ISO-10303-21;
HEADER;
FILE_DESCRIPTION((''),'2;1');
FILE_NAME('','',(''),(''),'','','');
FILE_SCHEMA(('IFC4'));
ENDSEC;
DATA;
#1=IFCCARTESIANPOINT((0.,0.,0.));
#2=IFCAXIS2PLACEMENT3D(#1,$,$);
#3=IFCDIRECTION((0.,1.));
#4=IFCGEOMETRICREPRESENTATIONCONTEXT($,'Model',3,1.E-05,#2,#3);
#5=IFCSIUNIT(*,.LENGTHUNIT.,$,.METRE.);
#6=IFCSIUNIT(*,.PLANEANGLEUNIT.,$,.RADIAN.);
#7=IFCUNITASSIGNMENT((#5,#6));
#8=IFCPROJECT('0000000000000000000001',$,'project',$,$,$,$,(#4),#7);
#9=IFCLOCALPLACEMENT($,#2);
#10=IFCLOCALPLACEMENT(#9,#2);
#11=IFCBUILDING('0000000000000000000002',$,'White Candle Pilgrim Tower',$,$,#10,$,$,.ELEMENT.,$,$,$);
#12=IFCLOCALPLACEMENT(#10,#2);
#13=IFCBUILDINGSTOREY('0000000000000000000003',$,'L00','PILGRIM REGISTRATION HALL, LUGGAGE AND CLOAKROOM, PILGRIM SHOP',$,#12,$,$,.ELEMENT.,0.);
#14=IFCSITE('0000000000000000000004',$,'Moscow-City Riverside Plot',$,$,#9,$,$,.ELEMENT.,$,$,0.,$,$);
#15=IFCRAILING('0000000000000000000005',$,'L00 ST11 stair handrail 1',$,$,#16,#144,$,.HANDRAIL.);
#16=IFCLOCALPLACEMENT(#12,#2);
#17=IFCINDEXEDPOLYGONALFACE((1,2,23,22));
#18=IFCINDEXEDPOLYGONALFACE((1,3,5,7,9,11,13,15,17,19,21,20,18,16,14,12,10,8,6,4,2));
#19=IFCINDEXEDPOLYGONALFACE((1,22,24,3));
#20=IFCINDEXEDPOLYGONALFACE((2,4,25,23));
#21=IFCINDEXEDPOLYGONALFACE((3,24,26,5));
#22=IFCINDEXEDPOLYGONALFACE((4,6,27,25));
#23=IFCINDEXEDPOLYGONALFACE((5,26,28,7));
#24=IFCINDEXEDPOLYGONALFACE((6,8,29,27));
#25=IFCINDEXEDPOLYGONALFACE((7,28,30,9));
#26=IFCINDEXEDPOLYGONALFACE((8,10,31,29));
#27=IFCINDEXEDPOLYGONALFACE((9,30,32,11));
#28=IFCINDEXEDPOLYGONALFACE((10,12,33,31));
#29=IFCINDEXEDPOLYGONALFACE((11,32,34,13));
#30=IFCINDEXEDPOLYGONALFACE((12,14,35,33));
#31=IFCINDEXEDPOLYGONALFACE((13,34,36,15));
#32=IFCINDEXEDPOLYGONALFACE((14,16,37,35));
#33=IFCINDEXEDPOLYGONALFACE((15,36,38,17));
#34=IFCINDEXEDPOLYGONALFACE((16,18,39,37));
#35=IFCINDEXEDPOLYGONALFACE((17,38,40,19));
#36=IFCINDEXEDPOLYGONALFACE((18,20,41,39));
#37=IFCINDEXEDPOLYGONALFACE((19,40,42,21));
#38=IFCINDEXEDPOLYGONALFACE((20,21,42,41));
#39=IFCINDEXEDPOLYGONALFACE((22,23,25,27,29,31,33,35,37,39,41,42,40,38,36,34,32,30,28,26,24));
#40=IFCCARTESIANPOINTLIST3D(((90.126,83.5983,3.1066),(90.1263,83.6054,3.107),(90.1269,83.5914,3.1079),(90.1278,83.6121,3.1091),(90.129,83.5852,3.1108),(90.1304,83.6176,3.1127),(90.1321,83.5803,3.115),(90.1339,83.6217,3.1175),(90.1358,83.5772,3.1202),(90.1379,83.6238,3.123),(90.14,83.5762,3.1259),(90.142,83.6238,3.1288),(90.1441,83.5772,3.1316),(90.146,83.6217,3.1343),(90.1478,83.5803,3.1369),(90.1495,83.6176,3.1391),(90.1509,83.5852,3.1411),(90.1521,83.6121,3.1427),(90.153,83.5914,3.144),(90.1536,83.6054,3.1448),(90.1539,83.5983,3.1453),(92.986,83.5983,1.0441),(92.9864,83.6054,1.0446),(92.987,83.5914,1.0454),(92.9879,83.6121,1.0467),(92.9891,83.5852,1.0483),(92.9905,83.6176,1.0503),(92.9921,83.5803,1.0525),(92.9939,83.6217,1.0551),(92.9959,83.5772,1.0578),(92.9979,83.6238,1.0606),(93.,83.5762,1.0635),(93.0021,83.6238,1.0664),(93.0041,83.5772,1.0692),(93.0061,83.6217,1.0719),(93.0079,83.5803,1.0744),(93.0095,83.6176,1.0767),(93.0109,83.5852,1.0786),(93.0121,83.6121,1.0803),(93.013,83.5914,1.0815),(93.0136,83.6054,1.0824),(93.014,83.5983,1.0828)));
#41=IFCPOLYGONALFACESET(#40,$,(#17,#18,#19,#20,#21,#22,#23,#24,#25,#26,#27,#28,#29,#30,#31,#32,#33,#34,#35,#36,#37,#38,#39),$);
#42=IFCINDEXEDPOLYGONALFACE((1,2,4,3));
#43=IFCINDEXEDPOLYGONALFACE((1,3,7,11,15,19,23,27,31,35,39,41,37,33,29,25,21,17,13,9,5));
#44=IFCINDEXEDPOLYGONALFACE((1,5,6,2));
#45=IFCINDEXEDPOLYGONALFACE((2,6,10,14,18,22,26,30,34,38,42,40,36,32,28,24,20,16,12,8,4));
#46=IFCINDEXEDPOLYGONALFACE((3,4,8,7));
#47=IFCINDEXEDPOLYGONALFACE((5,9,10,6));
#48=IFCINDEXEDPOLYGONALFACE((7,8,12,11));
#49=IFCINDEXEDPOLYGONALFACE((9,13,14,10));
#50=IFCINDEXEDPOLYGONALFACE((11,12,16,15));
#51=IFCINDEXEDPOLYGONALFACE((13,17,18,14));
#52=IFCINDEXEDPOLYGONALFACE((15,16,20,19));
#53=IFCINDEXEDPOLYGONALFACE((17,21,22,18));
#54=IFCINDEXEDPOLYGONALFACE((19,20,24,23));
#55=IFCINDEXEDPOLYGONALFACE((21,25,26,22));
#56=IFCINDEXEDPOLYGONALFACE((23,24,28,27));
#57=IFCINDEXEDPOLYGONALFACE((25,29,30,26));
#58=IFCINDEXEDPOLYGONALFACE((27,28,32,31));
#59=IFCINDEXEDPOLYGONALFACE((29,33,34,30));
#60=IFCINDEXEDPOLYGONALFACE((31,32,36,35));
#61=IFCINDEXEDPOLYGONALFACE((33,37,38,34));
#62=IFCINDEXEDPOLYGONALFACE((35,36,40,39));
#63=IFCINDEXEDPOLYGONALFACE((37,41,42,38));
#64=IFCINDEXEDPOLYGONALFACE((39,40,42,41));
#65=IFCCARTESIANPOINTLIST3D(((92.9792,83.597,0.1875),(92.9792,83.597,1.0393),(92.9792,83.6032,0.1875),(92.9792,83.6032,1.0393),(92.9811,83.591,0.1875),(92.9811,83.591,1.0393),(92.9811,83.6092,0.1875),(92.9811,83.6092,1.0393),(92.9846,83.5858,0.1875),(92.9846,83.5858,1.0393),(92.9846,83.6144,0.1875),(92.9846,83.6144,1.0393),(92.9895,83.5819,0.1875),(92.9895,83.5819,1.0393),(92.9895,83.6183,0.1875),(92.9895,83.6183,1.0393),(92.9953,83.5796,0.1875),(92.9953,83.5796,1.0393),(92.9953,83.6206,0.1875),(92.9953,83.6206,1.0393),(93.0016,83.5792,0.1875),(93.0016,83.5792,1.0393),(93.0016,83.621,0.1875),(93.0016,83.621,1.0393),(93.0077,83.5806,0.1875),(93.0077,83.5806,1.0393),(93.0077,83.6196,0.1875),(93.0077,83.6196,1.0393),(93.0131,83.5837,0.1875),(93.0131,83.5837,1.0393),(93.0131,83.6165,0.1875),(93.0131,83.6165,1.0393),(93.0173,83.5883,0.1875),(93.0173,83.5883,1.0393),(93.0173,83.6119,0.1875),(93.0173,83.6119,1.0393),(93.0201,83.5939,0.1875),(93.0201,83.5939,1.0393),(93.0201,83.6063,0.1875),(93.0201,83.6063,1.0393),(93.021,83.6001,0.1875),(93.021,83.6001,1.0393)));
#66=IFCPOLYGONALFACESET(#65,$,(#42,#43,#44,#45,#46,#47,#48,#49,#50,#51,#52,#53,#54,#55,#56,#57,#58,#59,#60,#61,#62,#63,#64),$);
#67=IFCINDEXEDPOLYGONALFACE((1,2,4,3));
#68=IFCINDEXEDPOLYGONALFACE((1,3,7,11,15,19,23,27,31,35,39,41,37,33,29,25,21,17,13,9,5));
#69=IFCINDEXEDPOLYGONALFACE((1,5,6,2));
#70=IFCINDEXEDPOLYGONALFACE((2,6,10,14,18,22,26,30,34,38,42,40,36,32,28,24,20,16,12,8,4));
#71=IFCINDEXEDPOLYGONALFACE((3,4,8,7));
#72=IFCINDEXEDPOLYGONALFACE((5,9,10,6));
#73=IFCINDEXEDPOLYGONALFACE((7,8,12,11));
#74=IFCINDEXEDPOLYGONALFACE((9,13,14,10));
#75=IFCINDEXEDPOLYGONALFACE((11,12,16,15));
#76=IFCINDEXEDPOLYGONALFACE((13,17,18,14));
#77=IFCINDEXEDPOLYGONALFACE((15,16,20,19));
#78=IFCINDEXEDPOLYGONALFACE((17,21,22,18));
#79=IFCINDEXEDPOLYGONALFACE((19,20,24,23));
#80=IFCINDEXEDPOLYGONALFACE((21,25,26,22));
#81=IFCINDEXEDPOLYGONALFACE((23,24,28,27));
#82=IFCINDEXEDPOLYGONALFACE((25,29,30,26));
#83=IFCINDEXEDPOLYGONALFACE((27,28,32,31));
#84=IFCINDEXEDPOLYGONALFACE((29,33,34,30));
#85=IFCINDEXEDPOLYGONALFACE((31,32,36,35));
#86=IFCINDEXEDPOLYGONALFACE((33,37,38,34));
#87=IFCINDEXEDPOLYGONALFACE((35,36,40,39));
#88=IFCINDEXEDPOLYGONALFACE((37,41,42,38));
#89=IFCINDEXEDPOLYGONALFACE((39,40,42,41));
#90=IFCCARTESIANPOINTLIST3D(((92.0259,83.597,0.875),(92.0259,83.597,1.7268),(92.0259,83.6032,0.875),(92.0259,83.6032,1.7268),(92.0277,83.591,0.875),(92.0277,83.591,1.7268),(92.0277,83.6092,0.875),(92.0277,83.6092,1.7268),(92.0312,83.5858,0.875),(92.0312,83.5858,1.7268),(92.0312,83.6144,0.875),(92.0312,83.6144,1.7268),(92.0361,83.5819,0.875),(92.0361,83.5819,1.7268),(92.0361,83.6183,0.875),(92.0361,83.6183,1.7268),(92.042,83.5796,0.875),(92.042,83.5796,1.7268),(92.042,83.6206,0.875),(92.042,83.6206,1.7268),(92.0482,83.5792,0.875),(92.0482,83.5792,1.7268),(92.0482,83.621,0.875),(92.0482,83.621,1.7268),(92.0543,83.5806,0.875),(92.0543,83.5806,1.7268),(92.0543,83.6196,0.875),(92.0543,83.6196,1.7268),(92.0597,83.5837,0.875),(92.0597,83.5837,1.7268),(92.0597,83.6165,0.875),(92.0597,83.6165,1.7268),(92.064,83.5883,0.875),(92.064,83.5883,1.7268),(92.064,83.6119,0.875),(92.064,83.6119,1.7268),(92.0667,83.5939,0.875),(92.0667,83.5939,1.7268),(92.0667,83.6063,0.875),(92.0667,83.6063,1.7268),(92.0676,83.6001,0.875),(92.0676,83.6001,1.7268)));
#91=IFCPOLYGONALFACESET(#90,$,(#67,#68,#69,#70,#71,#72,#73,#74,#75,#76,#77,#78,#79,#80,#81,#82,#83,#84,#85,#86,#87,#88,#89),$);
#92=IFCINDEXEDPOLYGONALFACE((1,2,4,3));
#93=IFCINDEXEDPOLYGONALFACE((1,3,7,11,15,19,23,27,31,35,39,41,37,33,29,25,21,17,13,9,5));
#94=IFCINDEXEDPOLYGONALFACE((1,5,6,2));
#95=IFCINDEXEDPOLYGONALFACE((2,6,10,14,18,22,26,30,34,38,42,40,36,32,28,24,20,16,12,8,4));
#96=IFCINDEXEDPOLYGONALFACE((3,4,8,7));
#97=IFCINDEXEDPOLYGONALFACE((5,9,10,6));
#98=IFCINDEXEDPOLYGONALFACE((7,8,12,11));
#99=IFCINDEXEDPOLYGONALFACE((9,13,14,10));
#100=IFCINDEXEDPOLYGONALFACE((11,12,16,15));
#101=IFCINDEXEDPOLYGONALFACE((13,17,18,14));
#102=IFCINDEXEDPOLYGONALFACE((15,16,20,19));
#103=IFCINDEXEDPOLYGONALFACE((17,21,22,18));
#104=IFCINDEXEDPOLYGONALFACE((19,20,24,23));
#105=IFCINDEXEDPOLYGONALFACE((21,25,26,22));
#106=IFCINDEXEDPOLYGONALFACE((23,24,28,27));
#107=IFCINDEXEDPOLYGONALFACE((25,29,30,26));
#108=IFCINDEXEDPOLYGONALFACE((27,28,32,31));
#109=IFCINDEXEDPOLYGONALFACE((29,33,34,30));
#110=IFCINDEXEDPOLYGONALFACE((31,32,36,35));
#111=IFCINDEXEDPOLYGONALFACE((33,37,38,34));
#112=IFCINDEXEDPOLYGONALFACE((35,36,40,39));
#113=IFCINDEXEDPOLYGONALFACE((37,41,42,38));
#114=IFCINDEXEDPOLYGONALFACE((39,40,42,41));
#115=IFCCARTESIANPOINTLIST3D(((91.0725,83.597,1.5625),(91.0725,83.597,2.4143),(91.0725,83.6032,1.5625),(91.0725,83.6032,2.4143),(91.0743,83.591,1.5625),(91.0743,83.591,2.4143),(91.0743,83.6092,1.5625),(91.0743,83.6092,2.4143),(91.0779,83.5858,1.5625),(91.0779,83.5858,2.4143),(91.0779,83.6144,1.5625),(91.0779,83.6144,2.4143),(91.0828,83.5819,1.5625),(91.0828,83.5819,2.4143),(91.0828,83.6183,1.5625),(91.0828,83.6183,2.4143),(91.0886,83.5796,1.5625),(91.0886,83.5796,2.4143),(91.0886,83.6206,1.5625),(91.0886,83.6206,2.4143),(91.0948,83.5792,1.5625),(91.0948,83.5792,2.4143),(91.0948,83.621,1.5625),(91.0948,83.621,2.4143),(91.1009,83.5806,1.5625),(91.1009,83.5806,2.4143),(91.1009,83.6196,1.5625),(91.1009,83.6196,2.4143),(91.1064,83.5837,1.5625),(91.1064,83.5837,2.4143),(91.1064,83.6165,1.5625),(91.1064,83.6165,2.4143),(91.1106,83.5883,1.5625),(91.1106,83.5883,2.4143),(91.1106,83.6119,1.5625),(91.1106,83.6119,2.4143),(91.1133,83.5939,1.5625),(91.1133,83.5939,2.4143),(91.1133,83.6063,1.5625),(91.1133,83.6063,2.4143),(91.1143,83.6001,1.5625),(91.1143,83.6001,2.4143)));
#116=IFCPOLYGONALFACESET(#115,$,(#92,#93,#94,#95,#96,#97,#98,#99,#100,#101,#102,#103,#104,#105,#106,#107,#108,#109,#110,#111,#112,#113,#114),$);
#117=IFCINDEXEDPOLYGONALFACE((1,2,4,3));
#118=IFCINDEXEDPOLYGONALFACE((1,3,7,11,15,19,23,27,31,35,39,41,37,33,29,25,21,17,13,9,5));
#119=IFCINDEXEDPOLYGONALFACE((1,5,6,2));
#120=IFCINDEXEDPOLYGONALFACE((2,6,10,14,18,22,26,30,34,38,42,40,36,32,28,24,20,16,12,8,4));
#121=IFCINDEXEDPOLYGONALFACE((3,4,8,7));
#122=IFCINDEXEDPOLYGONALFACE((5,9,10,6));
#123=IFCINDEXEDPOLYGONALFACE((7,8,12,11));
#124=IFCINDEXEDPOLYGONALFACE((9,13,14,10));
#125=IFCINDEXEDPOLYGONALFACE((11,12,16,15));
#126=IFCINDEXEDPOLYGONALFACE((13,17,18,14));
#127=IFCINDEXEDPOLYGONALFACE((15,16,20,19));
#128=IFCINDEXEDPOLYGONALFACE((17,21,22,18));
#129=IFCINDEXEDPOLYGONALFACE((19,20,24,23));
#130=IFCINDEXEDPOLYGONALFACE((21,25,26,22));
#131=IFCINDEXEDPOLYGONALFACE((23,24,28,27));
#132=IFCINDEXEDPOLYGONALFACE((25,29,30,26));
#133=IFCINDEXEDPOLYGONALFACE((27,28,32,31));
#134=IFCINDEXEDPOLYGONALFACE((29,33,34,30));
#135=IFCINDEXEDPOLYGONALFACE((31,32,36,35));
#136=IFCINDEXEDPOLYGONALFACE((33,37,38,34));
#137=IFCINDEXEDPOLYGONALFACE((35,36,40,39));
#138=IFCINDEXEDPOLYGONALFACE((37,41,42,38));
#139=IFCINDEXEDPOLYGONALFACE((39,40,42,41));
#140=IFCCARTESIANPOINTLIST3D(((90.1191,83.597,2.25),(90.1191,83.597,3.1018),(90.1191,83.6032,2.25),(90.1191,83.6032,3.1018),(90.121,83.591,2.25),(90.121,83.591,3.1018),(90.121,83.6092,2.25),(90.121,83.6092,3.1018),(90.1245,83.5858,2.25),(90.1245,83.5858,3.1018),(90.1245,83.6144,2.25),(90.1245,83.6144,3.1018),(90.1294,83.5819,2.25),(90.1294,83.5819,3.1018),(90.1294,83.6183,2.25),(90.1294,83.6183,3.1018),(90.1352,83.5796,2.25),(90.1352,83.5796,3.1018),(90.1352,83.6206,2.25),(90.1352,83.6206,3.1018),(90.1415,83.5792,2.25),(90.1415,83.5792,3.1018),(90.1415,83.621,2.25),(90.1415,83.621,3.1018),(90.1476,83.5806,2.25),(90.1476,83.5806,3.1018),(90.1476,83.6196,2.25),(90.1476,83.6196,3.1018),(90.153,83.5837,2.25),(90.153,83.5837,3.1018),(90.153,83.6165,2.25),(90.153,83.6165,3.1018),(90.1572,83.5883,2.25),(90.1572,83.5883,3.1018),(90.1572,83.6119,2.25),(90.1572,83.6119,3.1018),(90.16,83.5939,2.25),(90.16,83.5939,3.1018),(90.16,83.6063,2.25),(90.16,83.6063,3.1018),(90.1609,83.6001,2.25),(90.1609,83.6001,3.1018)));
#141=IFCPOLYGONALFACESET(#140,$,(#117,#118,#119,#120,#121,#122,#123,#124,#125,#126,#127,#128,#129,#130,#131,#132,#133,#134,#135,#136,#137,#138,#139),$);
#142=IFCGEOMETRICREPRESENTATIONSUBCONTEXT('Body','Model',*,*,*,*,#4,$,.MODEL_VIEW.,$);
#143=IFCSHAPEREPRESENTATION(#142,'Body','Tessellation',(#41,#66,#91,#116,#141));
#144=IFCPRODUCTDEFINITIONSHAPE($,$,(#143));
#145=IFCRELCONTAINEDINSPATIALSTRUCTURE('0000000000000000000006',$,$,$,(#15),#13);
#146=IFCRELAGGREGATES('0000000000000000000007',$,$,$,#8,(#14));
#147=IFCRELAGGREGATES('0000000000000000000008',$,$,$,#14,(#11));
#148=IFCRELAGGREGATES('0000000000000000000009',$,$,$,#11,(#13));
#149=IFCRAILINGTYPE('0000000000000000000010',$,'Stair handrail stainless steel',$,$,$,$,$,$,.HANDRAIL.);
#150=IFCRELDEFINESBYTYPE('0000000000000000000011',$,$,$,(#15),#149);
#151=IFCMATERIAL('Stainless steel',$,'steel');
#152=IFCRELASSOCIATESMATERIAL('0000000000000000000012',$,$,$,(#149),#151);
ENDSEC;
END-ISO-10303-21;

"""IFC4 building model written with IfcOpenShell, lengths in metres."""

from ifc_helpers import new_model, si_unit, direction, frame, origin, origin_2d, place, context, subcontext, project, spatial, circle, extrude, material, type_object, element, save


model = new_model("IFC4")

# Units and contexts
model_context = context("Model", 3, precision=1e-05, world=origin(), true_north=direction((0.0, 1.0)))
body_context = subcontext(model_context, "Body", "Model", "MODEL_VIEW")
ifc_project = project(units=[si_unit("LENGTHUNIT", "METRE"), si_unit("PLANEANGLEUNIT", "RADIAN")], contexts=[model_context])

# Site, building, storey
site_placement = place(None, origin())
site = spatial("IfcSite", under=ifc_project, at=site_placement, Name="Moscow-City Riverside Plot", CompositionType="ELEMENT", RefElevation=0.0)
building_placement = place(site_placement, origin())
building = spatial("IfcBuilding", under=site, at=building_placement, Name="White Candle Pilgrim Tower", CompositionType="ELEMENT")
storey_placement = place(building_placement, origin())
storey = spatial("IfcBuildingStorey", under=building, at=storey_placement, Name="L00", Description="PILGRIM REGISTRATION HALL, LUGGAGE AND CLOAKROOM, PILGRIM SHOP", CompositionType="ELEMENT", Elevation=0.0)

# Railing
ifc_material_1 = material(Name="Stainless steel", Category="steel")
railing_type_1 = type_object("IfcRailingType", Name="Stair handrail stainless steel", PredefinedType="HANDRAIL", material=ifc_material_1)
for number, where, name in (
    (1, (93.0, 83.6001, 0.1875), "L00 ST11 stair handrail 1"),
):
    element("IfcRailing", number, at=place(storey_placement, frame(where)), inside=storey, type_object=railing_type_1, Name=name, PredefinedType="HANDRAIL", context=body_context, shape_type="SweptSolid", body=[
        extrude(circle(Radius=0.0239, at=origin_2d()), frame((0.0, 0.0, 0.876), z_axis=(-0.811101, 0.0, 0.584906), x_axis=(0.0, -1.0, 0.0)), (0.0, 0.0, 1.0), 3.5261),
        extrude(circle(Radius=0.021, at=origin_2d()), origin(), (0.0, 0.0, 1.0), 0.8518),
        extrude(circle(Radius=0.021, at=origin_2d()), frame((-0.9534, 0.0, 0.6875)), (0.0, 0.0, 1.0), 0.8518),
        extrude(circle(Radius=0.021, at=origin_2d()), frame((-1.9067, 0.0, 1.375)), (0.0, 0.0, 1.0), 0.8518),
        extrude(circle(Radius=0.021, at=origin_2d()), frame((-2.8601, 0.0, 2.0625)), (0.0, 0.0, 1.0), 0.8518),
    ])

save(model, "model.ifc")
